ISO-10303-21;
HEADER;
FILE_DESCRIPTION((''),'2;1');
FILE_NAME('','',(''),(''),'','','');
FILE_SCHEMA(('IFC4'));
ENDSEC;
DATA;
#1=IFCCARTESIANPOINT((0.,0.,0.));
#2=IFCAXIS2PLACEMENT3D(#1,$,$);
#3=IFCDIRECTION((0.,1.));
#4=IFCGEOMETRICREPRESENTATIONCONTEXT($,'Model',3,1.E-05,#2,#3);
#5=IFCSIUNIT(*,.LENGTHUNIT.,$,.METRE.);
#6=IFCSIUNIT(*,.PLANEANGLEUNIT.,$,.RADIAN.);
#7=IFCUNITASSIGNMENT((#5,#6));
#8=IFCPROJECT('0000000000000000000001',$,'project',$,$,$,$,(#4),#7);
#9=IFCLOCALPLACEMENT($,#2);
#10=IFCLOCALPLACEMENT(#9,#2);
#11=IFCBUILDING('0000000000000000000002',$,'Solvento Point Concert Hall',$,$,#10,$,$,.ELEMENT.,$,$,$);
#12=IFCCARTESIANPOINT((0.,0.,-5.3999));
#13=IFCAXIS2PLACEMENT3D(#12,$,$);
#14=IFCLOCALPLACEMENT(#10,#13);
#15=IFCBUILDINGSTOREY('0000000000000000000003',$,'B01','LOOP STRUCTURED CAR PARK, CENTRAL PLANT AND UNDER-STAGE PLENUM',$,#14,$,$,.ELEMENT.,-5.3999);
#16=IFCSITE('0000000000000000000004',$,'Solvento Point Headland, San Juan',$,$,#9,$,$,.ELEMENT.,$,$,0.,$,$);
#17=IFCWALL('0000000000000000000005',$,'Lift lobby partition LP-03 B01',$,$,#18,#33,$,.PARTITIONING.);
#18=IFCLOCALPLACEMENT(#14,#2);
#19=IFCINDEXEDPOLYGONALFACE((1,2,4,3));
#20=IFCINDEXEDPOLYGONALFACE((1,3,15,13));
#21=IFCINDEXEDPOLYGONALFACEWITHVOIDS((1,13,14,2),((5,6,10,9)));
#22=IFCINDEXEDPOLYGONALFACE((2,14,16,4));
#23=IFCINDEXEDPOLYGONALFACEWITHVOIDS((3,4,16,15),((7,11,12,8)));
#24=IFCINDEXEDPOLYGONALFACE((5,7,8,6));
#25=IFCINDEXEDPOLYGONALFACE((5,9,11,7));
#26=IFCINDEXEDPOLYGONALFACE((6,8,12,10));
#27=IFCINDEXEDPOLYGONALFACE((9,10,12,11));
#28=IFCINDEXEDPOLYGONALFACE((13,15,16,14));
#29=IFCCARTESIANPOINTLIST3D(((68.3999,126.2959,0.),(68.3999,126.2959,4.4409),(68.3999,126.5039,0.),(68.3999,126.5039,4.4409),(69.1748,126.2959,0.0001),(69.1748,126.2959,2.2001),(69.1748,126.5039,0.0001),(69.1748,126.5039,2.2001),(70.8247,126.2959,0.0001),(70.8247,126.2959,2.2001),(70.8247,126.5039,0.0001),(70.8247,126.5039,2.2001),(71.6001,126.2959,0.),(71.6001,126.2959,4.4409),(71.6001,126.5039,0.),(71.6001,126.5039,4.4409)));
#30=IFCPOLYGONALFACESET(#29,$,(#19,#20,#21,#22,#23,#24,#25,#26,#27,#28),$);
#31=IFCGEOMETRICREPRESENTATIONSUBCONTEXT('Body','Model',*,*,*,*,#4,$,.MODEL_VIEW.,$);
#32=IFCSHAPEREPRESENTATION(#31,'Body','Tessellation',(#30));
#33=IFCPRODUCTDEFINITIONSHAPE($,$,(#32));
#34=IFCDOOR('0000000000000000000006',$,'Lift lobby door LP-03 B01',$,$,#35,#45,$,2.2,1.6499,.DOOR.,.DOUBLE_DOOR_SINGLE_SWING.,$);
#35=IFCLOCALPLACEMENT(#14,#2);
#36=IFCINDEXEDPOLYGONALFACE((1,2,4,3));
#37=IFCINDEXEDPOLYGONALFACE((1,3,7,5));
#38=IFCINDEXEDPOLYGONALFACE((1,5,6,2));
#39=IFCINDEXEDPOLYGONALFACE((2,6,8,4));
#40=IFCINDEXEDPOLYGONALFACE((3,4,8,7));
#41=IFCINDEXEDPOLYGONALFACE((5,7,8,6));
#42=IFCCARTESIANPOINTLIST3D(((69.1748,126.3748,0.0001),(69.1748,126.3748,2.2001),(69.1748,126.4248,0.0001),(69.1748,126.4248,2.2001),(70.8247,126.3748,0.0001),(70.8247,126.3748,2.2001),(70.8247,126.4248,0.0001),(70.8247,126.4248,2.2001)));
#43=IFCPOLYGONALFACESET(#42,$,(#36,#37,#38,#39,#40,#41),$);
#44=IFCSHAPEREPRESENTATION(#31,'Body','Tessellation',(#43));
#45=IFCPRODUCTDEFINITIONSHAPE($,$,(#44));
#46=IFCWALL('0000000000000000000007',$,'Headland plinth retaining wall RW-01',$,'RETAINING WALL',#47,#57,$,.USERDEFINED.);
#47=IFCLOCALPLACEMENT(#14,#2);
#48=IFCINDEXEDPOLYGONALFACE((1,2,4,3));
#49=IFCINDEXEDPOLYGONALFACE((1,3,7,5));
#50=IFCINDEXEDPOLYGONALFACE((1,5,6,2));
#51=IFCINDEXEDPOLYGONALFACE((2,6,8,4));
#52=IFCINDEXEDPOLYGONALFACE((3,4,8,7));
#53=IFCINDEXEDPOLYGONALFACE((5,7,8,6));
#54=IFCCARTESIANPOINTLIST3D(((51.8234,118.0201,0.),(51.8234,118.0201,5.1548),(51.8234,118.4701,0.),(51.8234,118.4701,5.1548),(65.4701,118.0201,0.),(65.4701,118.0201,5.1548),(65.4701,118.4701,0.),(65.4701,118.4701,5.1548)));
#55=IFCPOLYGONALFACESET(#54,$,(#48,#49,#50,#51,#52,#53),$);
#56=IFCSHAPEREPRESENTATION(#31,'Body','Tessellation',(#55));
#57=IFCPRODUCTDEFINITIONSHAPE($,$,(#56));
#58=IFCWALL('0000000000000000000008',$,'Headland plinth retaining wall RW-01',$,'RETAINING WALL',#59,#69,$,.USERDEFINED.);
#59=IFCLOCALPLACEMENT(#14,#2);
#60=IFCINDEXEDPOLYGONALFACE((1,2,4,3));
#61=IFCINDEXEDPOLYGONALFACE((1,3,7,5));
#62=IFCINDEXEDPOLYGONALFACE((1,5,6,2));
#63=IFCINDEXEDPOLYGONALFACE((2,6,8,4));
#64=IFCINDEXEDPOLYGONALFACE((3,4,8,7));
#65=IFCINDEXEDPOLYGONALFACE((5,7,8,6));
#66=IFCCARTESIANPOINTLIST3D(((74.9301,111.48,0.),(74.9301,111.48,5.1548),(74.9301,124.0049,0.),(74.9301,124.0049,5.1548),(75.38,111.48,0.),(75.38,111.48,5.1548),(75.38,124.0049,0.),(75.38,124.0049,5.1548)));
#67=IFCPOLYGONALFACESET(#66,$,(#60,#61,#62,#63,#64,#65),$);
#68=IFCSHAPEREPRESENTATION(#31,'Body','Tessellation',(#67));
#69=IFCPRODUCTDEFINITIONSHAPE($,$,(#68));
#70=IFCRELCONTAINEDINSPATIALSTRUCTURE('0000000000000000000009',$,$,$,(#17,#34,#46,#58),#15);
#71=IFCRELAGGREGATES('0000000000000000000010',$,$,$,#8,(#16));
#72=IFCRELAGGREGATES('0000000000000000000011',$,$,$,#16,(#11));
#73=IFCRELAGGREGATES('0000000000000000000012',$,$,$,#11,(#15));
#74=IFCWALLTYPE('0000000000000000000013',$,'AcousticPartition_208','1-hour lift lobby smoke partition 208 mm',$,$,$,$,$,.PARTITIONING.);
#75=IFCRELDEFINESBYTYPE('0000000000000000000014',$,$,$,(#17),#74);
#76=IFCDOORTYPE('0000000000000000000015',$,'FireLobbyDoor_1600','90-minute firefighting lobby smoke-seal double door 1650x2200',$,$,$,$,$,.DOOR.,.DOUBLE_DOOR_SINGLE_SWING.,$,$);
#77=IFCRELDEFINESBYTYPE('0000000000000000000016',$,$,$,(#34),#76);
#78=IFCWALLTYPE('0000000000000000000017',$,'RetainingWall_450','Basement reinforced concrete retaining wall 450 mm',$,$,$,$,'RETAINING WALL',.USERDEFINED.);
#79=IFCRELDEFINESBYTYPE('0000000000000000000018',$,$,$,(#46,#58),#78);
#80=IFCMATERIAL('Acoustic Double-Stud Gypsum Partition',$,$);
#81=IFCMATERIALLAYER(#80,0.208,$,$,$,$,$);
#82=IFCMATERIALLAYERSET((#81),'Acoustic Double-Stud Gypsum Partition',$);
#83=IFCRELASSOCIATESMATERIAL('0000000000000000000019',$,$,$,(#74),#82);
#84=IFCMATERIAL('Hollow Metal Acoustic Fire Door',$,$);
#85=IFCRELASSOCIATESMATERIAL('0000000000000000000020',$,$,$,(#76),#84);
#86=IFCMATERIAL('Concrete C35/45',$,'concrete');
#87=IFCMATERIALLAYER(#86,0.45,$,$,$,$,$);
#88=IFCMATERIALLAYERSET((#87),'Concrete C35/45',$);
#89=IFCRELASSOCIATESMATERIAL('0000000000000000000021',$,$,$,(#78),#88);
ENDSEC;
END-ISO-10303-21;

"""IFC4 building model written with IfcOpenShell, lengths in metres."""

from ifc_helpers import new_model, si_unit, direction, frame, frame_2d, origin, place, context, subcontext, project, spatial, rectangle, extrude, material, layer, layer_set, type_object, element, fill, save


model = new_model("IFC4")

# Units and contexts
model_context = context("Model", 3, precision=1e-05, world=origin(), true_north=direction((0.0, 1.0)))
body_context = subcontext(model_context, "Body", "Model", "MODEL_VIEW")
ifc_project = project(units=[si_unit("LENGTHUNIT", "METRE"), si_unit("PLANEANGLEUNIT", "RADIAN")], contexts=[model_context])

# Site, building, storey
site_placement = place(None, origin())
site = spatial("IfcSite", under=ifc_project, at=site_placement, Name="Solvento Point Headland, San Juan", CompositionType="ELEMENT", RefElevation=0.0)
building_placement = place(site_placement, origin())
building = spatial("IfcBuilding", under=site, at=building_placement, Name="Solvento Point Concert Hall", CompositionType="ELEMENT")
storey_placement = place(building_placement, frame((0.0, 0.0, -5.3999)))
storey = spatial("IfcBuildingStorey", under=building, at=storey_placement, Name="B01", Description="LOOP STRUCTURED CAR PARK, CENTRAL PLANT AND UNDER-STAGE PLENUM", CompositionType="ELEMENT", Elevation=-5.3999)

# Wall, opening, door
ifc_material_1 = material(Name="Acoustic Double-Stud Gypsum Partition")
ifc_layer_1 = layer(ifc_material_1, 0.208)
ifc_layer_set_1 = layer_set([ifc_layer_1], Name="Acoustic Double-Stud Gypsum Partition")
wall_type_1 = type_object("IfcWallType", Name="AcousticPartition_208", Description="1-hour lift lobby smoke partition 208 mm", PredefinedType="PARTITIONING", material=ifc_layer_set_1)
wall_1_placement = place(storey_placement, frame((68.3999, 126.3999, 0.0), z_axis=(0.0, 0.0, 1.0), x_axis=(1.0, 0.0, 0.0)))
wall_1 = element("IfcWall", 1, at=wall_1_placement, inside=storey, type_object=wall_type_1, Name="Lift lobby partition LP-03 B01", PredefinedType="PARTITIONING", context=body_context, shape_type="SweptSolid", body=[
    extrude(rectangle(XDim=3.2002, YDim=0.208, at=frame_2d((1.6001, 0.0))), origin(), (0.0, 0.0, 1.0), 4.4409),
])
opening_placement = place(wall_1_placement, frame((0.7749, 0.0, 0.0)))
opening = element("IfcOpeningElement", 2, at=opening_placement, cuts=wall_1, PredefinedType="OPENING", context=body_context, shape_type="SweptSolid", body=[
    extrude(rectangle(XDim=1.6499, YDim=2.2, at=frame_2d((0.825, 1.1001))), frame((0.0, 0.114, 0.0), z_axis=(0.0, -1.0, 0.0), x_axis=(1.0, 0.0, 0.0)), (0.0, 0.0, 1.0), 0.228),
])
ifc_material_2 = material(Name="Hollow Metal Acoustic Fire Door")
door_type = type_object("IfcDoorType", Name="FireLobbyDoor_1600", Description="90-minute firefighting lobby smoke-seal double door 1650x2200", OperationType="DOUBLE_DOOR_SINGLE_SWING", PredefinedType="DOOR", material=ifc_material_2)
door_placement = place(opening_placement, origin())
door = element("IfcDoor", 3, at=door_placement, inside=storey, type_object=door_type, Name="Lift lobby door LP-03 B01", OperationType="DOUBLE_DOOR_SINGLE_SWING", OverallHeight=2.2, OverallWidth=1.6499, PredefinedType="DOOR", context=body_context, shape_type="SweptSolid", body=[
    extrude(rectangle(XDim=1.6499, YDim=2.2, at=frame_2d((0.825, 1.1001))), frame((0.0, 0.0249, 0.0), z_axis=(0.0, -1.0, 0.0), x_axis=(1.0, 0.0, 0.0)), (0.0, 0.0, 1.0), 0.05),
])
fill(opening, door)

# Walls
ifc_material_3 = material(Name="Concrete C35/45", Category="concrete")
ifc_layer_2 = layer(ifc_material_3, 0.45)
ifc_layer_set_2 = layer_set([ifc_layer_2], Name="Concrete C35/45")
wall_type_2 = type_object("IfcWallType", Name="RetainingWall_450", Description="Basement reinforced concrete retaining wall 450 mm", ElementType="RETAINING WALL", PredefinedType="USERDEFINED", material=ifc_layer_set_2)
wall_2_placement = place(storey_placement, frame((65.47, 118.2451, 0.0), z_axis=(0.0, 0.0, 1.0), x_axis=(-1.0, 0.0, 0.0)))
element("IfcWall", 4, at=wall_2_placement, inside=storey, type_object=wall_type_2, Name="Headland plinth retaining wall RW-01", ObjectType="RETAINING WALL", PredefinedType="USERDEFINED", context=body_context, shape_type="SweptSolid", body=[
    extrude(rectangle(XDim=13.6467, YDim=0.45, at=frame_2d((6.8232, 0.0))), origin(), (0.0, 0.0, 1.0), 5.1548),
])
wall_3_placement = place(storey_placement, frame((75.155, 124.0049, 0.0), z_axis=(0.0, 0.0, 1.0), x_axis=(0.0, -1.0, 0.0)))
element("IfcWall", 5, at=wall_3_placement, inside=storey, type_object=wall_type_2, Name="Headland plinth retaining wall RW-01", ObjectType="RETAINING WALL", PredefinedType="USERDEFINED", context=body_context, shape_type="SweptSolid", body=[
    extrude(rectangle(XDim=12.5249, YDim=0.45, at=frame_2d((6.2625, 0.0))), origin(), (0.0, 0.0, 1.0), 5.1548),
])

save(model, "model.ifc")
